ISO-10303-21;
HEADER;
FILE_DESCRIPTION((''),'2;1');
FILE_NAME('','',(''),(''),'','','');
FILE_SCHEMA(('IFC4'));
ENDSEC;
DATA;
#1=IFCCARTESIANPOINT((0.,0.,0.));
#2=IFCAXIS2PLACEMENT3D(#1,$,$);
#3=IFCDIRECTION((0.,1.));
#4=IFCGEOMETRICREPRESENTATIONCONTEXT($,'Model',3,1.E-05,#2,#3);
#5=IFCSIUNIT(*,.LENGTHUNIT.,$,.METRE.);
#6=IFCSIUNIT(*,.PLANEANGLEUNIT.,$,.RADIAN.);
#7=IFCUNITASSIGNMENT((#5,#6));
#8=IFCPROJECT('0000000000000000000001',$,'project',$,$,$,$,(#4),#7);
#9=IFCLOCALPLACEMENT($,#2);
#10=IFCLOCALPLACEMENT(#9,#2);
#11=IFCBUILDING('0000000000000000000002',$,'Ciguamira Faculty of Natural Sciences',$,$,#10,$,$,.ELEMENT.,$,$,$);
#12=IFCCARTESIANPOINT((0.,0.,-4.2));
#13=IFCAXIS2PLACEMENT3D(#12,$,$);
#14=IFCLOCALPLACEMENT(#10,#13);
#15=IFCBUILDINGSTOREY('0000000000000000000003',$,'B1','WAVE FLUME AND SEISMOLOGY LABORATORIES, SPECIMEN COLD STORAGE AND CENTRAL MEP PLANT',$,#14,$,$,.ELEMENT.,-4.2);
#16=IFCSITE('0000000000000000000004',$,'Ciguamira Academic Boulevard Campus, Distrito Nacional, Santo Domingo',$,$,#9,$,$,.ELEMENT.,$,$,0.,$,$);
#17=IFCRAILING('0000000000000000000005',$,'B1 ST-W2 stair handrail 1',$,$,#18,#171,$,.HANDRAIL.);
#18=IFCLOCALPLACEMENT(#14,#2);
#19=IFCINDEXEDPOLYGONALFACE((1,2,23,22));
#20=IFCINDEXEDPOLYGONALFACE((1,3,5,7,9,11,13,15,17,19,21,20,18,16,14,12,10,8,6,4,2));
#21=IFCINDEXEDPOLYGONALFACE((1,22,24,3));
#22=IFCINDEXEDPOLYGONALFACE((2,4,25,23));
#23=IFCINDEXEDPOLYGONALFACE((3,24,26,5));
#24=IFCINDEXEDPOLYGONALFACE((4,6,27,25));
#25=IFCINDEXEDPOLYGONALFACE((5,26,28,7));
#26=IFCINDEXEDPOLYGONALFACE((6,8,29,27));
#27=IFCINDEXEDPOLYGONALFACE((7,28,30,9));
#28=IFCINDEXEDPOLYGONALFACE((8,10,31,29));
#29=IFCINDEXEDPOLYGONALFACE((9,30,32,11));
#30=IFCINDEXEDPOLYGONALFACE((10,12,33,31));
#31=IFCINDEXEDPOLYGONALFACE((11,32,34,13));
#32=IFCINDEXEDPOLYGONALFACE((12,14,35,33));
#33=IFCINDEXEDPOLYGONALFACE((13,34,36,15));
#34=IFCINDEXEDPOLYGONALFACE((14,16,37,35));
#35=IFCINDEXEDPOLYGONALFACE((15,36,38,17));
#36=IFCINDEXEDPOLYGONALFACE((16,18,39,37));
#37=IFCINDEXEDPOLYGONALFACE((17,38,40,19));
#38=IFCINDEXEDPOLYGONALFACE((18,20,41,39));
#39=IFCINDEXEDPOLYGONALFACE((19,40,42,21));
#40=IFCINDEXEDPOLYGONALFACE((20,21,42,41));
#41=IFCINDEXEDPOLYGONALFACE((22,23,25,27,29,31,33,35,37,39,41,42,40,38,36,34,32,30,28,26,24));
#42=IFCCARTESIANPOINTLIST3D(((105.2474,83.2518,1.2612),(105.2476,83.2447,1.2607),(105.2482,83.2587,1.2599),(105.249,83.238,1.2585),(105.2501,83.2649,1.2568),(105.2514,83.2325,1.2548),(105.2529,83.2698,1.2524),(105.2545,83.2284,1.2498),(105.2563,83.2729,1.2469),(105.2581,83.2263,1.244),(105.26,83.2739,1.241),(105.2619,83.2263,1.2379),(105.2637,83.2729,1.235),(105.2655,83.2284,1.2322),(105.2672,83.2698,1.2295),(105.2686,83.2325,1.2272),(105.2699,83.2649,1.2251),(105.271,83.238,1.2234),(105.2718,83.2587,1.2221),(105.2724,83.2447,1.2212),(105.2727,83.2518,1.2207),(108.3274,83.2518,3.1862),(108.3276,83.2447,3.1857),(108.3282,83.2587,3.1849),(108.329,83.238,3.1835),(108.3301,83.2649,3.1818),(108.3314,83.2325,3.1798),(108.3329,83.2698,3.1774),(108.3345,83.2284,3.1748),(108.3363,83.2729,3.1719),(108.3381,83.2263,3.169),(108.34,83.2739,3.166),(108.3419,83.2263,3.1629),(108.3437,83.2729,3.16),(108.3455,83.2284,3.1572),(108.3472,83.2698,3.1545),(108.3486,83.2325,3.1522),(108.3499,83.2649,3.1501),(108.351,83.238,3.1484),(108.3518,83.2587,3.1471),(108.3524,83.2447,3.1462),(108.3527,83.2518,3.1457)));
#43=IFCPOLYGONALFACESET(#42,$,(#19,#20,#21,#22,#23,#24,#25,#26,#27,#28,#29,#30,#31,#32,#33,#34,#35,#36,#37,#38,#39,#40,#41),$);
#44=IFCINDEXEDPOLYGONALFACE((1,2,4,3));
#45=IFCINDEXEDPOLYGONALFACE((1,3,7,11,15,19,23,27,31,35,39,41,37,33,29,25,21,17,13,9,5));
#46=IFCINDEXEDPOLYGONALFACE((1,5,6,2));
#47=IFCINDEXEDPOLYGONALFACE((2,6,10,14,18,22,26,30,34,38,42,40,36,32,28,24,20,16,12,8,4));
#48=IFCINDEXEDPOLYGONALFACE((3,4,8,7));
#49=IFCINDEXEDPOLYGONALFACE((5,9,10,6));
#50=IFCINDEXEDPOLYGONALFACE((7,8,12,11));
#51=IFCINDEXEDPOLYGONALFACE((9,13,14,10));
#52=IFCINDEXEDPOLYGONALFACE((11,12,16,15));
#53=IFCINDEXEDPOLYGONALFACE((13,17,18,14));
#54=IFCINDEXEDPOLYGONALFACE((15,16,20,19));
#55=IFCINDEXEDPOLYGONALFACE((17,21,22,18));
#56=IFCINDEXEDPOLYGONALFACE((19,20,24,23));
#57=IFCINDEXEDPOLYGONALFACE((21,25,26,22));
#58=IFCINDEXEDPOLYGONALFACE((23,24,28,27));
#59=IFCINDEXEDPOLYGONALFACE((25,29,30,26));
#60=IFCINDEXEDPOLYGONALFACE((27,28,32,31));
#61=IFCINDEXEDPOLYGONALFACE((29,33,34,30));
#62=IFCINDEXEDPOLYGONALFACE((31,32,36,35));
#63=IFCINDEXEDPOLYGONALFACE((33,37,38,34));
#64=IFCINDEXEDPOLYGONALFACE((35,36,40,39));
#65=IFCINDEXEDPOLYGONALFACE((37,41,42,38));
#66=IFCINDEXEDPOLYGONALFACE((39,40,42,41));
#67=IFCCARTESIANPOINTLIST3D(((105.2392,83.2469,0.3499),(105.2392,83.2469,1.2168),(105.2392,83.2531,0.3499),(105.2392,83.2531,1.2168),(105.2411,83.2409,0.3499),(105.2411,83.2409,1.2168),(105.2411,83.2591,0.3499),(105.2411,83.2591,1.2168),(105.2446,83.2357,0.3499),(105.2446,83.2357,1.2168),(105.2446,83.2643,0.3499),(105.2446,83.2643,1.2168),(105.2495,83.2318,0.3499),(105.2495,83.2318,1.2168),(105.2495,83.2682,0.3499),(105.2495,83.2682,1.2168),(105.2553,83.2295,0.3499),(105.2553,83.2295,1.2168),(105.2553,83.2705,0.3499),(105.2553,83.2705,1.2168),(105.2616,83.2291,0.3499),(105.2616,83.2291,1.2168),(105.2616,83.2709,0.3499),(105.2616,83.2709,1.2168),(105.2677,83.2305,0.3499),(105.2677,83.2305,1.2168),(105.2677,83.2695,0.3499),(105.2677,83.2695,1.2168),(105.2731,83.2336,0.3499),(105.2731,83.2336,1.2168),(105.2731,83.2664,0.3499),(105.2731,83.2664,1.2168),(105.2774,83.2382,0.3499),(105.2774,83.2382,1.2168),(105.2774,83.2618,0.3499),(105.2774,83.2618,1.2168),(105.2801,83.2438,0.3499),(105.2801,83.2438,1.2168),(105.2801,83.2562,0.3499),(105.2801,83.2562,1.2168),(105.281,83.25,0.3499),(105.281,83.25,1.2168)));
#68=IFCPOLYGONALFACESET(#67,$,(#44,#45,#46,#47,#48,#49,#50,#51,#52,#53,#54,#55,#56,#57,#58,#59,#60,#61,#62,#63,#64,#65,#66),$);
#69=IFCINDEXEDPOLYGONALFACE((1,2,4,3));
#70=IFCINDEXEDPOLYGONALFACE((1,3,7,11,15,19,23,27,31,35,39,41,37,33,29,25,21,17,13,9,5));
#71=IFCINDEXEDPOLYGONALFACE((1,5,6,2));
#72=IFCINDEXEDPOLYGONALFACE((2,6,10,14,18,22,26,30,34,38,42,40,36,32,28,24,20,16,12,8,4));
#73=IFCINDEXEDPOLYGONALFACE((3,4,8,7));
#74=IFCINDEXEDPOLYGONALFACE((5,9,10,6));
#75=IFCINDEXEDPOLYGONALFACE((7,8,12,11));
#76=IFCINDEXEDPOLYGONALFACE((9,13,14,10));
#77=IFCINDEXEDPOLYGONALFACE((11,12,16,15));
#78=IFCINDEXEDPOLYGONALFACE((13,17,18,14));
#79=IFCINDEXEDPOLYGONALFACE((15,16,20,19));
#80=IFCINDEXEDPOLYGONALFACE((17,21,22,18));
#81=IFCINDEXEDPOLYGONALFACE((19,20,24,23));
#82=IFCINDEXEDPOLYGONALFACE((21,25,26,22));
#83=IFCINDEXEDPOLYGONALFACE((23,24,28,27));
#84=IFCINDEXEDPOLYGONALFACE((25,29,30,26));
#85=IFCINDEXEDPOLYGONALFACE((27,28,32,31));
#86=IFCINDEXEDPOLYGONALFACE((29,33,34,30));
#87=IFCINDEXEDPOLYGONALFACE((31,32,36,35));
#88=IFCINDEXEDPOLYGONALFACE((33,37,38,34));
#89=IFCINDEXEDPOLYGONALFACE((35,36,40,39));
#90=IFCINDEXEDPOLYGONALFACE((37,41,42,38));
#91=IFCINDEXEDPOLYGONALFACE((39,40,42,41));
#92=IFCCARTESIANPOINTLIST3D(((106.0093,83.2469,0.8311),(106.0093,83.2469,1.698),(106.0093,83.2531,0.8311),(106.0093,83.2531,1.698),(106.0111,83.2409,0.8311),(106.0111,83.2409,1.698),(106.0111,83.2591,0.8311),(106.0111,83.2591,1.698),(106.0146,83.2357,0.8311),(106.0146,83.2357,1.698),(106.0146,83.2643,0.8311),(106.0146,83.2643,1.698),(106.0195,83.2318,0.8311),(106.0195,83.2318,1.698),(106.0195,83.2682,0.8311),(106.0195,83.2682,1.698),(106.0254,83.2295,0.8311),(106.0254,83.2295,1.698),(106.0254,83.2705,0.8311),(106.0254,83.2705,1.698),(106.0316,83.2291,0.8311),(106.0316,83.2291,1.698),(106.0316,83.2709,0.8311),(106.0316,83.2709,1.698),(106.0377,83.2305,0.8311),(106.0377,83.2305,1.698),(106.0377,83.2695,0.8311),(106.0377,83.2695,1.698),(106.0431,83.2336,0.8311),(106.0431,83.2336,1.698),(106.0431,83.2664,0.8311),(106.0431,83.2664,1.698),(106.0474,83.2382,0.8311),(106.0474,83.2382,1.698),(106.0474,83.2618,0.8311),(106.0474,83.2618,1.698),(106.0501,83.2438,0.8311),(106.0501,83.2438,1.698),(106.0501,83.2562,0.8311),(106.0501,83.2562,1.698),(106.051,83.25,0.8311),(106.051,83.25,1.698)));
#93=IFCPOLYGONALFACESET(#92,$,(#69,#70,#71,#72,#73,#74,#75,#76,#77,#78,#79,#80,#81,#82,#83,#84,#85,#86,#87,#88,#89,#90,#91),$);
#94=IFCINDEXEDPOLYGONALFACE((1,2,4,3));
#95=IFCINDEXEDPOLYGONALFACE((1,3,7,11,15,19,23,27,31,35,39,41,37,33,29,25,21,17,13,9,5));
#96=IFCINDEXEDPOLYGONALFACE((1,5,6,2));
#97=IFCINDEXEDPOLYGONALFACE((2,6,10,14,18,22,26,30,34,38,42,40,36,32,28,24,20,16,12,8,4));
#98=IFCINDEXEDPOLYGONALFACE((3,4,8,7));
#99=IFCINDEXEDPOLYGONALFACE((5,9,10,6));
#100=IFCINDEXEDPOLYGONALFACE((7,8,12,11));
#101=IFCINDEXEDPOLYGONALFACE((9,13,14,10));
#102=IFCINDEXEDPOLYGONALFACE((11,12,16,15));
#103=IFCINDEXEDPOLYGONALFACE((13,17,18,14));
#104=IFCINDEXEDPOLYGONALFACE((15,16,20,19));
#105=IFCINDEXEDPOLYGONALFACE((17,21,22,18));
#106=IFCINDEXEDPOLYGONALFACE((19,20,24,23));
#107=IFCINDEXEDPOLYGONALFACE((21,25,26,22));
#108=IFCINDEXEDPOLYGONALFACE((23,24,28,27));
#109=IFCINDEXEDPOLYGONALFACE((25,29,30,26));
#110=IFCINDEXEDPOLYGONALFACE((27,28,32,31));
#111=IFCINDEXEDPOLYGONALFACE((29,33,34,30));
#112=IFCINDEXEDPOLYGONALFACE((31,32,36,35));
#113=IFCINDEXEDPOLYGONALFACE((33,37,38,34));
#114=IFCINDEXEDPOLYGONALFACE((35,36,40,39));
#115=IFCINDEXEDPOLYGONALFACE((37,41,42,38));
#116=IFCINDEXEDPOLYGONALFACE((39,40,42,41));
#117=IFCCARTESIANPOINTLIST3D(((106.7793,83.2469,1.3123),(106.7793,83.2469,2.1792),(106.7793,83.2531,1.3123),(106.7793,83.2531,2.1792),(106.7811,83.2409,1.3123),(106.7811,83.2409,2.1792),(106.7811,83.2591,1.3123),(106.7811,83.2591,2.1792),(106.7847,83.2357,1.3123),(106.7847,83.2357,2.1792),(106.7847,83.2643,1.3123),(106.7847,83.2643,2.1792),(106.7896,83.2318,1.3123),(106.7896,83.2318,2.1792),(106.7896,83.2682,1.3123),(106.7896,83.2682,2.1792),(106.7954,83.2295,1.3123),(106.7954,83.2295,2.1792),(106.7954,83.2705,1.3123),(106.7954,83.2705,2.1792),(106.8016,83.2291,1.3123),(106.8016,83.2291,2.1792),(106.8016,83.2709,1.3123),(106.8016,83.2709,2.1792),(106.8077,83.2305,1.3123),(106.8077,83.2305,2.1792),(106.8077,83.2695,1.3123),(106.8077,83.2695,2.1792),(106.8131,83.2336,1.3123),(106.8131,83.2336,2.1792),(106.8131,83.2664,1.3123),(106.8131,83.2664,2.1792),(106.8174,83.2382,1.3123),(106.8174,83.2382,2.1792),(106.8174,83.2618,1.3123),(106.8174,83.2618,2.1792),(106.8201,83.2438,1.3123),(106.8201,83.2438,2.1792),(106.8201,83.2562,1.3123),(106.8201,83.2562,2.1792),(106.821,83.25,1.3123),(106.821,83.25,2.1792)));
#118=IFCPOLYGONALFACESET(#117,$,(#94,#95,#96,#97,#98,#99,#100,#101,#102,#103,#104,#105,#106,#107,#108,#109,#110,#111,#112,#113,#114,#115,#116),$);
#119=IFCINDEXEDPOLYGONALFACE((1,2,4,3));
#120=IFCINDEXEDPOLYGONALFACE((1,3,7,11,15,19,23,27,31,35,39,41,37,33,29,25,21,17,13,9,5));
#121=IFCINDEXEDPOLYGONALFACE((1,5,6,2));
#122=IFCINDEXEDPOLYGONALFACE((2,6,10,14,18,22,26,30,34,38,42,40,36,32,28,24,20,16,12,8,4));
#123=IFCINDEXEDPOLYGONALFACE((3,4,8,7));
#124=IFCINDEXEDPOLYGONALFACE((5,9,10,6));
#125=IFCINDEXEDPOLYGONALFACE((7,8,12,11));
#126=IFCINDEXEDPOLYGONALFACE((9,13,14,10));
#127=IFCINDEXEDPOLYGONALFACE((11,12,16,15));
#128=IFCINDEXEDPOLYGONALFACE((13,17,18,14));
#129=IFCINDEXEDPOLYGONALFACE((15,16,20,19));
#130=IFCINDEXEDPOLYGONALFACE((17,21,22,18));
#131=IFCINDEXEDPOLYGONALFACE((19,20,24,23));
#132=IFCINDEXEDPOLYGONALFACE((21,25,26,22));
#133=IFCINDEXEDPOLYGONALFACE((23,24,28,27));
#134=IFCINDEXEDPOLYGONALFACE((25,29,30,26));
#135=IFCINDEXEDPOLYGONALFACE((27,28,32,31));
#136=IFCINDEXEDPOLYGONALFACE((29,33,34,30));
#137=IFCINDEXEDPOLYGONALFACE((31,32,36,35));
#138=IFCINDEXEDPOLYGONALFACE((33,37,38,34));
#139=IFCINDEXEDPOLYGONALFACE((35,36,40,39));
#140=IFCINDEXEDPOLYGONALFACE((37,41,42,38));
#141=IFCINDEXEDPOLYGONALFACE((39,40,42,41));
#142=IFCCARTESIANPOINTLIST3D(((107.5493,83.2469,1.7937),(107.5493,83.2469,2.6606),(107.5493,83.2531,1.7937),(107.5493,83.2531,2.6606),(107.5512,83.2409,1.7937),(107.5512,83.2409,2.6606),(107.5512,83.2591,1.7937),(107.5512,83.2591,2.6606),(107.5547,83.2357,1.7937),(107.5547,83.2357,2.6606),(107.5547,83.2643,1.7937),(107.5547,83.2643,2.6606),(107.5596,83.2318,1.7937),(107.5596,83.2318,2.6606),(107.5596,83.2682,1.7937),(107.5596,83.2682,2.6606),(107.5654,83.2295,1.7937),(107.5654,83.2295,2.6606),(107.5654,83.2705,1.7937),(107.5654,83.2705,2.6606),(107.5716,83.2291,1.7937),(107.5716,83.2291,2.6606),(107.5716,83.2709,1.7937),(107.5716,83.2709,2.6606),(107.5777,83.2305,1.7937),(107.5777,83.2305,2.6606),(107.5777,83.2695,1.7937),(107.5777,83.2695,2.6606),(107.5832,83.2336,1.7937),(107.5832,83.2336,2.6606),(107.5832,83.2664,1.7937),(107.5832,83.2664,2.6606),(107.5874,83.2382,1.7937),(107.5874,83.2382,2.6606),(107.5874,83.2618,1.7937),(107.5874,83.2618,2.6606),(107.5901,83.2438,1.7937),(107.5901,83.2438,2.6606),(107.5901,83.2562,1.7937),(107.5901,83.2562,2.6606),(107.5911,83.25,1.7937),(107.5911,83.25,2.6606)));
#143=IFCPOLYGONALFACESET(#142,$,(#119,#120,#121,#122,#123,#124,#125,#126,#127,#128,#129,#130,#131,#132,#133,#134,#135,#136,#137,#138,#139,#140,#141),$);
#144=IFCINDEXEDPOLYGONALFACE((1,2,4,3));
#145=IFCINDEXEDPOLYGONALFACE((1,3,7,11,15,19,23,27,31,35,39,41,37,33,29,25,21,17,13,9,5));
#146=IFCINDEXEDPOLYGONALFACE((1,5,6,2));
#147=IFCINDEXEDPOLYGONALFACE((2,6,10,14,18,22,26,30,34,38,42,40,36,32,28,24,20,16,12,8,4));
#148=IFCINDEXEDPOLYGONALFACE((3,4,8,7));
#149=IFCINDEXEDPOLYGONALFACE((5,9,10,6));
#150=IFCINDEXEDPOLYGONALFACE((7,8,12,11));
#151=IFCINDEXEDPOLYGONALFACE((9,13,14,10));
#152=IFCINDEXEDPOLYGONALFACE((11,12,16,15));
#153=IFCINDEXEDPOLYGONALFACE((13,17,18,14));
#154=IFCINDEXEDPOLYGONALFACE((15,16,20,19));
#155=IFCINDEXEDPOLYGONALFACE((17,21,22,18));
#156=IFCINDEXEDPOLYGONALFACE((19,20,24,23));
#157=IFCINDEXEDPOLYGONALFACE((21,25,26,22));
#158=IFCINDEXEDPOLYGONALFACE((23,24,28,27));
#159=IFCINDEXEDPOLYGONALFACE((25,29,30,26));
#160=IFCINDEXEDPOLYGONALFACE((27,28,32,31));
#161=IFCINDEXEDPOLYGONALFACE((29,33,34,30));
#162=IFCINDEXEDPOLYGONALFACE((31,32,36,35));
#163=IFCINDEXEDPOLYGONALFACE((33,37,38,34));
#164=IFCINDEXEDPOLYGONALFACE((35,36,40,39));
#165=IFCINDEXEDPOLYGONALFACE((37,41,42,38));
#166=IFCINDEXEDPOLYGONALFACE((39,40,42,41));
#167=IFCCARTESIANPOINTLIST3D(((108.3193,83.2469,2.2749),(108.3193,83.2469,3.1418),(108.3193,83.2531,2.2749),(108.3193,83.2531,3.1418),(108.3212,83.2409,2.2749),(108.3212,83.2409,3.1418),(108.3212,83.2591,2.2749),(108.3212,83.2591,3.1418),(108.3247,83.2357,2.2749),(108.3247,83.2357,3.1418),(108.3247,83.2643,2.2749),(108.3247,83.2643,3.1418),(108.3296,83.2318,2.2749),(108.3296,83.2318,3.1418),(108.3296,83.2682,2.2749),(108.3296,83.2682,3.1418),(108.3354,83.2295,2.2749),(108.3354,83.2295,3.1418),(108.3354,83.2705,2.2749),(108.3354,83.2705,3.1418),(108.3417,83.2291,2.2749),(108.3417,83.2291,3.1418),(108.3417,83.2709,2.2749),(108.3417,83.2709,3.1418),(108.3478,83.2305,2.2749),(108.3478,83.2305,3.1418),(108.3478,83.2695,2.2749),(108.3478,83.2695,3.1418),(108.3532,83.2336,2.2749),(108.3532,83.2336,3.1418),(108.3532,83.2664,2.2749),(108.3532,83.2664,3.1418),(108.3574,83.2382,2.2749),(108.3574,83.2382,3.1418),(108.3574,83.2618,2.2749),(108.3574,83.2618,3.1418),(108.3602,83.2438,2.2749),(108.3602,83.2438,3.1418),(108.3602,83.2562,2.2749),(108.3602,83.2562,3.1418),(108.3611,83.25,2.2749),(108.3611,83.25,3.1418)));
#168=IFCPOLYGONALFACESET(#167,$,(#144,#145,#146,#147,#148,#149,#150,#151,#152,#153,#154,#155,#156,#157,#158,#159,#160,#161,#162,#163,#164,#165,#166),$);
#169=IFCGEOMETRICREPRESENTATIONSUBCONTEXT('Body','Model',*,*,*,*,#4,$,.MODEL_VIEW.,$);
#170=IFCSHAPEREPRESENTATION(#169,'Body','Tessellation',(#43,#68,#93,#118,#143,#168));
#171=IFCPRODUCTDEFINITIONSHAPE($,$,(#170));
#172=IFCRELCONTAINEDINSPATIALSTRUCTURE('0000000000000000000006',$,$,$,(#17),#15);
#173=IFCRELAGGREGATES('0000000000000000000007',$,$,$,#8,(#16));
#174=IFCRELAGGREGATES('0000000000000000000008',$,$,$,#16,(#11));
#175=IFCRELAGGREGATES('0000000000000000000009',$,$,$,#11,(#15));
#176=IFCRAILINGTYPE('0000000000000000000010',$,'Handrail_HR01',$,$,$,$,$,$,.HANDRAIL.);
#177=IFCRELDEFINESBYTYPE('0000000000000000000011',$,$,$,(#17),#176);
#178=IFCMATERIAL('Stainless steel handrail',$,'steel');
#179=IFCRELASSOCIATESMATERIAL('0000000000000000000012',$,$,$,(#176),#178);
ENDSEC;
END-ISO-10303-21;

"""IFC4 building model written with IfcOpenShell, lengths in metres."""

from ifc_helpers import new_model, si_unit, direction, frame, origin, origin_2d, place, context, subcontext, project, spatial, circle, extrude, material, type_object, element, save


model = new_model("IFC4")

# Units and contexts
model_context = context("Model", 3, precision=1e-05, world=origin(), true_north=direction((0.0, 1.0)))
body_context = subcontext(model_context, "Body", "Model", "MODEL_VIEW")
ifc_project = project(units=[si_unit("LENGTHUNIT", "METRE"), si_unit("PLANEANGLEUNIT", "RADIAN")], contexts=[model_context])

# Site, building, storey
site_placement = place(None, origin())
site = spatial("IfcSite", under=ifc_project, at=site_placement, Name="Ciguamira Academic Boulevard Campus, Distrito Nacional, Santo Domingo", CompositionType="ELEMENT", RefElevation=0.0)
building_placement = place(site_placement, origin())
building = spatial("IfcBuilding", under=site, at=building_placement, Name="Ciguamira Faculty of Natural Sciences", CompositionType="ELEMENT")
storey_placement = place(building_placement, frame((0.0, 0.0, -4.2)))
storey = spatial("IfcBuildingStorey", under=building, at=storey_placement, Name="B1", Description="WAVE FLUME AND SEISMOLOGY LABORATORIES, SPECIMEN COLD STORAGE AND CENTRAL MEP PLANT", CompositionType="ELEMENT", Elevation=-4.2)

# Railing
ifc_material_1 = material(Name="Stainless steel handrail", Category="steel")
railing_type_1 = type_object("IfcRailingType", Name="Handrail_HR01", PredefinedType="HANDRAIL", material=ifc_material_1)
railing_1_placement = place(storey_placement, frame((105.26, 83.25, 0.3499)))
element("IfcRailing", 1, at=railing_1_placement, inside=storey, type_object=railing_type_1, Name="B1 ST-W2 stair handrail 1", PredefinedType="HANDRAIL", context=body_context, shape_type="SweptSolid", body=[
    extrude(circle(Radius=0.0239, at=origin_2d()), frame((0.0, 0.0, 0.8911), z_axis=(0.847998, 0.0, 0.529999), x_axis=(0.0, 1.0, 0.0)), (0.0, 0.0, 1.0), 3.6321),
    extrude(circle(Radius=0.021, at=origin_2d()), origin(), (0.0, 0.0, 1.0), 0.8669),
    extrude(circle(Radius=0.021, at=origin_2d()), frame((0.77, 0.0, 0.4812)), (0.0, 0.0, 1.0), 0.8669),
    extrude(circle(Radius=0.021, at=origin_2d()), frame((1.54, 0.0, 0.9624)), (0.0, 0.0, 1.0), 0.8669),
    extrude(circle(Radius=0.021, at=origin_2d()), frame((2.3101, 0.0, 1.4438)), (0.0, 0.0, 1.0), 0.8669),
    extrude(circle(Radius=0.021, at=origin_2d()), frame((3.0801, 0.0, 1.925)), (0.0, 0.0, 1.0), 0.8669),
])

save(model, "model.ifc")
